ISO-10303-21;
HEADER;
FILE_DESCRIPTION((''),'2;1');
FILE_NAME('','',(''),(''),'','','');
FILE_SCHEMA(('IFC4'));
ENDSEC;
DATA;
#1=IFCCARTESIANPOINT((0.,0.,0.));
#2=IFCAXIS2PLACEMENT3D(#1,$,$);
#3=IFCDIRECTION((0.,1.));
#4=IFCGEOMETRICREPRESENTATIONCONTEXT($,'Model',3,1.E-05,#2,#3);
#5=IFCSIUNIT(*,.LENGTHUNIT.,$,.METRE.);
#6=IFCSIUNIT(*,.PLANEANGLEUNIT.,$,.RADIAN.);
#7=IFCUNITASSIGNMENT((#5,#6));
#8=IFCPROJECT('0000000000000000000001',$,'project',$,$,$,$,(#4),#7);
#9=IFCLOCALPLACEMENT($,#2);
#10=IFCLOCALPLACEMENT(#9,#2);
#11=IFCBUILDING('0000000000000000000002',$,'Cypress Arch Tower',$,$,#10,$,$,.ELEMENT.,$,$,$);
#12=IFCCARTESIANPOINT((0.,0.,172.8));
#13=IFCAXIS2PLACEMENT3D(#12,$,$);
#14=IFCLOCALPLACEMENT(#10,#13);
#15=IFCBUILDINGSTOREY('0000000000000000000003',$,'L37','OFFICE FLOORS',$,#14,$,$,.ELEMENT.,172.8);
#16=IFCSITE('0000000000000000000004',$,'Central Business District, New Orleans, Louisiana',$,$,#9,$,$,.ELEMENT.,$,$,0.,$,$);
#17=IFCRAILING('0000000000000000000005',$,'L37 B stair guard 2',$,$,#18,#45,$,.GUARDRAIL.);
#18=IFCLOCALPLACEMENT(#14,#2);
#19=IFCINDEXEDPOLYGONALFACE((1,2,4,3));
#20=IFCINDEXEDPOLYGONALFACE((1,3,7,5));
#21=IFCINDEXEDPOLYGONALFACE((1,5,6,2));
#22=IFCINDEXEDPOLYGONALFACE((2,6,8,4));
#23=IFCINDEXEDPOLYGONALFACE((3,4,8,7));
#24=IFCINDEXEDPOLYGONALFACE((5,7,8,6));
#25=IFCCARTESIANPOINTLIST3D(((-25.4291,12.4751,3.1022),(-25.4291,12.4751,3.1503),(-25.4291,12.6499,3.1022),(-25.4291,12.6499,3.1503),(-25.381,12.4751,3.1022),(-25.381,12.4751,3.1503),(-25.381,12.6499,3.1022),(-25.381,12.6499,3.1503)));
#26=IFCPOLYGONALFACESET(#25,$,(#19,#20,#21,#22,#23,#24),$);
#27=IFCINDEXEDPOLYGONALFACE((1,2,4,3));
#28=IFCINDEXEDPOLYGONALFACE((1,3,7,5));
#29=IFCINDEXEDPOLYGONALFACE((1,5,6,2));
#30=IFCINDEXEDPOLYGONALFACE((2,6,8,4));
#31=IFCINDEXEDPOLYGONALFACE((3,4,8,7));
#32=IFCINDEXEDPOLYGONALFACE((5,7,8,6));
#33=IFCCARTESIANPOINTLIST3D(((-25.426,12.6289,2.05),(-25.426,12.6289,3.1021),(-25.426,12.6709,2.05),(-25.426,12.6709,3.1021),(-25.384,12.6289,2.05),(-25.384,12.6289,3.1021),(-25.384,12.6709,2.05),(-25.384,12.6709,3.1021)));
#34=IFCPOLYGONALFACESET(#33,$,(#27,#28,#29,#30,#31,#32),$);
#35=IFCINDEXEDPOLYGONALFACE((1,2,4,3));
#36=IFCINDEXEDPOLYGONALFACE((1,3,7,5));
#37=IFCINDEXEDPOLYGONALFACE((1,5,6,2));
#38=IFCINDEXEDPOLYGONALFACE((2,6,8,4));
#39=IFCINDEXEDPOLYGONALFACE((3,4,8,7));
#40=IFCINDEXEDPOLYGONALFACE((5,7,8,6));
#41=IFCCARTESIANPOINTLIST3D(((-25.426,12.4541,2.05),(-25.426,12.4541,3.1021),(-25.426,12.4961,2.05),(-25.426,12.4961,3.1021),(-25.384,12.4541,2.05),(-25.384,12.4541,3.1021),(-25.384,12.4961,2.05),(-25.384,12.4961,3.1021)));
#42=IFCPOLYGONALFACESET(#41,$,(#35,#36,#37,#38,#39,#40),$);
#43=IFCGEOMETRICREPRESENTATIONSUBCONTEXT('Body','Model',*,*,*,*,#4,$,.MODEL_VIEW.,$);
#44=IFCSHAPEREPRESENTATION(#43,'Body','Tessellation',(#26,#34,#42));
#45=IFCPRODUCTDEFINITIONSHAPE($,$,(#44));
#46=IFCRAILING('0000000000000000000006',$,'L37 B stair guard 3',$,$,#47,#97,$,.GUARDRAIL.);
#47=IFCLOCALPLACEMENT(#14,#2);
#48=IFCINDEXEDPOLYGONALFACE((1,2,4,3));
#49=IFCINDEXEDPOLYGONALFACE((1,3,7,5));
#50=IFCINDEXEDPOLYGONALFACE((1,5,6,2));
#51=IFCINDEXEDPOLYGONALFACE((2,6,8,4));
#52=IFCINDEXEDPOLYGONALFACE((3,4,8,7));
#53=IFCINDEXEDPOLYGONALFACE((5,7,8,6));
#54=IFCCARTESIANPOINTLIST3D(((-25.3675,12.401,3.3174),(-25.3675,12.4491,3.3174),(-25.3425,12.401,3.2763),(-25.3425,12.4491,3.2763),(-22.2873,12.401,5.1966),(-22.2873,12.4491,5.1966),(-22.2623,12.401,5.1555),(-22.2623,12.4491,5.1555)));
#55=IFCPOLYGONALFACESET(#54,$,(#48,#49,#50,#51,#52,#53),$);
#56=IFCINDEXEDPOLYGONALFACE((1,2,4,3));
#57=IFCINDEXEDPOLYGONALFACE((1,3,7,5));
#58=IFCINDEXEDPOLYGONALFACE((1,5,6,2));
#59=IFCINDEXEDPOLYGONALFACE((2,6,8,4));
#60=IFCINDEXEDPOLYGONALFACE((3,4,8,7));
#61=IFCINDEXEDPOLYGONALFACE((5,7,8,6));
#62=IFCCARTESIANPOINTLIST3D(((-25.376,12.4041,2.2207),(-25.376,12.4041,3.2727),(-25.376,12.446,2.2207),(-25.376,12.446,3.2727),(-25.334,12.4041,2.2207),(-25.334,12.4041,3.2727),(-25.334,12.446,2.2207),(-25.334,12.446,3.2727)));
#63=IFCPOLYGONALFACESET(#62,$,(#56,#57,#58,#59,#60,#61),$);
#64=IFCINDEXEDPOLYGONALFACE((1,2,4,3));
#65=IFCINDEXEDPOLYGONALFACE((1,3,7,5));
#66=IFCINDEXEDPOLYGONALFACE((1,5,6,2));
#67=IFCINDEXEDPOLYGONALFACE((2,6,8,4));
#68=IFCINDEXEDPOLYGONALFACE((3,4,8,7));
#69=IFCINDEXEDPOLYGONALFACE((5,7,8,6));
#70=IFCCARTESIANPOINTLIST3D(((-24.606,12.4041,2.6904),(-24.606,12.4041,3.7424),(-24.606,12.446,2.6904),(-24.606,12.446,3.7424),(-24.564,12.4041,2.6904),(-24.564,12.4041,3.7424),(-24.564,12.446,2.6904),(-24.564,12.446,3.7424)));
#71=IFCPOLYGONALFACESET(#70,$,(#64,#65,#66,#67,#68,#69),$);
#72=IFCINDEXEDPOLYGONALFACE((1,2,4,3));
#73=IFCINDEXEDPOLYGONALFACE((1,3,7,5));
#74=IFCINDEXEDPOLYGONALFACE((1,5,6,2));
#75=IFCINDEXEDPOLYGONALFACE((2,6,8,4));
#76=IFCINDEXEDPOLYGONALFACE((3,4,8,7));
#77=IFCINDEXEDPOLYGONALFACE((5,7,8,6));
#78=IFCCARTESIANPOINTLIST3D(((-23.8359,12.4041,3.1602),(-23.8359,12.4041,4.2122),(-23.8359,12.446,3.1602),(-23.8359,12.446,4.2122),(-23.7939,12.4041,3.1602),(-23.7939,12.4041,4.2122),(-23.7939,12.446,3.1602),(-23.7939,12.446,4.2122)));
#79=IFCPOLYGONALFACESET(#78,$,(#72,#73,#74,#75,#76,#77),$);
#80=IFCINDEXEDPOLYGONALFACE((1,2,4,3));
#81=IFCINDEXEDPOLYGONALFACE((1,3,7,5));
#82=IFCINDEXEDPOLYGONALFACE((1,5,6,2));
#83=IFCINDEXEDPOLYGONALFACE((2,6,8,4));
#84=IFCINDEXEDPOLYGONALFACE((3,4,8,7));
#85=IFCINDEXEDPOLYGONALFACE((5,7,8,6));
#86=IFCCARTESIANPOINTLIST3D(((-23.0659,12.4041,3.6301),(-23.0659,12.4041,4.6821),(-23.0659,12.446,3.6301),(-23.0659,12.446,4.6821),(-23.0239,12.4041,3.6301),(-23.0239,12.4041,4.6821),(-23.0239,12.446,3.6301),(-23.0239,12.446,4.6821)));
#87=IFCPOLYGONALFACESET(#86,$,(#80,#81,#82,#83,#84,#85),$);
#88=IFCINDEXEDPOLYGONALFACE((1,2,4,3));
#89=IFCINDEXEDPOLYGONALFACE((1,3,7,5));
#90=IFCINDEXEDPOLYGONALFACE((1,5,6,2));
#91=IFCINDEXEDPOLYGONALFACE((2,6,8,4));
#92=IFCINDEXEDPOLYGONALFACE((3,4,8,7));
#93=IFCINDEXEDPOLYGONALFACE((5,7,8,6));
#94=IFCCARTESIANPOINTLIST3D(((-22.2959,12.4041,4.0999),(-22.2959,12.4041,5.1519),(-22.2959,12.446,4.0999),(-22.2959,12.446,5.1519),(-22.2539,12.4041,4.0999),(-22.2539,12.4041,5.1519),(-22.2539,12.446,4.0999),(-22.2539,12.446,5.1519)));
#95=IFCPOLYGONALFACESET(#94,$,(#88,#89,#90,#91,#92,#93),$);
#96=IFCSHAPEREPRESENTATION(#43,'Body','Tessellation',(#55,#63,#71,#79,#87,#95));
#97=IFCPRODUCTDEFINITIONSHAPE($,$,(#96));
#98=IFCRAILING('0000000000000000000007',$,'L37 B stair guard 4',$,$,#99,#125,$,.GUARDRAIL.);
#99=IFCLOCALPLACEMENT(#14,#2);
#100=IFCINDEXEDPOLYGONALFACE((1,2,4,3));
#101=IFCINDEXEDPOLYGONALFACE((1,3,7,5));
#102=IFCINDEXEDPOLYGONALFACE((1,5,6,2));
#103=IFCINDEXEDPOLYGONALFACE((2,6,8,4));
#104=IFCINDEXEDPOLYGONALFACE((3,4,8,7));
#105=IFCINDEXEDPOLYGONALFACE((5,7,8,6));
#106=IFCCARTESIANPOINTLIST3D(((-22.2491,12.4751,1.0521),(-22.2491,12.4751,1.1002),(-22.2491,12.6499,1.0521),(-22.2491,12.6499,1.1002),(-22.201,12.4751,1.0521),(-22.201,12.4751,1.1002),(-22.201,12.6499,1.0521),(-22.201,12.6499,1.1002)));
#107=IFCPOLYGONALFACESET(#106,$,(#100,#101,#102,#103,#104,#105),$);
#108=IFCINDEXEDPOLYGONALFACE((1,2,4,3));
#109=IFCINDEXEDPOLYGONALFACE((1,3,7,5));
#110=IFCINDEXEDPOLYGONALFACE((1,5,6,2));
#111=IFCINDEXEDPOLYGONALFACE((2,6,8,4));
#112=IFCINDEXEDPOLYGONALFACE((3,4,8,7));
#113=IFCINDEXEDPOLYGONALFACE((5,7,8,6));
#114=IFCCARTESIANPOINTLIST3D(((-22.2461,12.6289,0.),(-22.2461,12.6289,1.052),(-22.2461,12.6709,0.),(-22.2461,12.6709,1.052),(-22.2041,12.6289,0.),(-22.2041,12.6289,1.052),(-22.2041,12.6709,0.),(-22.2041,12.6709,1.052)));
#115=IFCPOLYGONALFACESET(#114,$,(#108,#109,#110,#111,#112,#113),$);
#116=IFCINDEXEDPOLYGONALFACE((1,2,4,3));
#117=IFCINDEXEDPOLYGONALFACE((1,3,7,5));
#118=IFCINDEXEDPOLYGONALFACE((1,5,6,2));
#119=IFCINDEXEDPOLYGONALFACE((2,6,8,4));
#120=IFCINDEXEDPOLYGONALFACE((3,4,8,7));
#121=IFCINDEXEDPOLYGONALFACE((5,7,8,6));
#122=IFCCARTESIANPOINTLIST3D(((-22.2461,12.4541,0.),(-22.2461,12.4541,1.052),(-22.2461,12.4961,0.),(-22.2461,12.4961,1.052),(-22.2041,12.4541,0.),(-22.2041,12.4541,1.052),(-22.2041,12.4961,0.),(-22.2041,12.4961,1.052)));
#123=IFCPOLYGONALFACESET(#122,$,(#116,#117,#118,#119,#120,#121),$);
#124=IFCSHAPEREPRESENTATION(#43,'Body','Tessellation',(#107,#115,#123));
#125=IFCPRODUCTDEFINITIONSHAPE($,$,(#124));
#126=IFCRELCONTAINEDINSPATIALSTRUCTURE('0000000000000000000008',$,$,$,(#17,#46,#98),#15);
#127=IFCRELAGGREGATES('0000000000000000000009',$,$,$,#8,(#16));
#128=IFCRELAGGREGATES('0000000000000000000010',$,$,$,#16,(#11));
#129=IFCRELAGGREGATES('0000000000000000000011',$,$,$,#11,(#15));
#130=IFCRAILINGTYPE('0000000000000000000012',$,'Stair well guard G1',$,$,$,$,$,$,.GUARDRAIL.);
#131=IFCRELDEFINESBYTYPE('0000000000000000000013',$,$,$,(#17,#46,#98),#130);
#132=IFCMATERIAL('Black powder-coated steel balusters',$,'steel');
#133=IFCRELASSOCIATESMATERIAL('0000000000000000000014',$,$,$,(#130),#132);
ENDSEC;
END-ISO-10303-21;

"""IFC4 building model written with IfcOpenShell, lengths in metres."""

from ifc_helpers import new_model, si_unit, direction, frame, origin, origin_2d, place, context, subcontext, project, spatial, rectangle, extrude, material, type_object, element, save


model = new_model("IFC4")

# Units and contexts
model_context = context("Model", 3, precision=1e-05, world=origin(), true_north=direction((0.0, 1.0)))
body_context = subcontext(model_context, "Body", "Model", "MODEL_VIEW")
ifc_project = project(units=[si_unit("LENGTHUNIT", "METRE"), si_unit("PLANEANGLEUNIT", "RADIAN")], contexts=[model_context])

# Site, building, storey
site_placement = place(None, origin())
site = spatial("IfcSite", under=ifc_project, at=site_placement, Name="Central Business District, New Orleans, Louisiana", CompositionType="ELEMENT", RefElevation=0.0)
building_placement = place(site_placement, origin())
building = spatial("IfcBuilding", under=site, at=building_placement, Name="Cypress Arch Tower", CompositionType="ELEMENT")
storey_placement = place(building_placement, frame((0.0, 0.0, 172.8)))
storey = spatial("IfcBuildingStorey", under=building, at=storey_placement, Name="L37", Description="OFFICE FLOORS", CompositionType="ELEMENT", Elevation=172.8)

# Railings
ifc_material_1 = material(Name="Black powder-coated steel balusters", Category="steel")
railing_type_1 = type_object("IfcRailingType", Name="Stair well guard G1", PredefinedType="GUARDRAIL", material=ifc_material_1)
railing_1_placement = place(storey_placement, frame((-25.405, 12.6499, 2.05)))
element("IfcRailing", 1, at=railing_1_placement, inside=storey, type_object=railing_type_1, Name="L37 B stair guard 2", PredefinedType="GUARDRAIL", context=body_context, shape_type="SweptSolid", body=[
    extrude(rectangle(XDim=0.0481, YDim=0.0481, at=origin_2d()), frame((0.0, 0.0, 1.0762), z_axis=(0.0, -1.0, 0.0), x_axis=(1.0, 0.0, 0.0)), (0.0, 0.0, 1.0), 0.1748),
    extrude(rectangle(XDim=0.042, YDim=0.042, at=origin_2d()), origin(), (0.0, 0.0, 1.0), 1.052),
    extrude(rectangle(XDim=0.042, YDim=0.042, at=origin_2d()), frame((0.0, -0.1748, 0.0)), (0.0, 0.0, 1.0), 1.052),
])
railing_2_placement = place(storey_placement, frame((-25.355, 12.425, 2.2207)))
element("IfcRailing", 2, at=railing_2_placement, inside=storey, type_object=railing_type_1, Name="L37 B stair guard 3", PredefinedType="GUARDRAIL", context=body_context, shape_type="SweptSolid", body=[
    extrude(rectangle(XDim=0.0481, YDim=0.0481, at=origin_2d()), frame((0.0, 0.0, 1.0762), z_axis=(0.853666, 0.0, 0.52082), x_axis=(0.0, 1.0, 0.0)), (0.0, 0.0, 1.0), 3.6082),
    extrude(rectangle(XDim=0.042, YDim=0.042, at=origin_2d()), origin(), (0.0, 0.0, 1.0), 1.052),
    extrude(rectangle(XDim=0.042, YDim=0.042, at=origin_2d()), frame((0.77, 0.0, 0.4697)), (0.0, 0.0, 1.0), 1.052),
    extrude(rectangle(XDim=0.042, YDim=0.042, at=origin_2d()), frame((1.54, 0.0, 0.9395)), (0.0, 0.0, 1.0), 1.052),
    extrude(rectangle(XDim=0.042, YDim=0.042, at=origin_2d()), frame((2.3101, 0.0, 1.4094)), (0.0, 0.0, 1.0), 1.052),
    extrude(rectangle(XDim=0.042, YDim=0.042, at=origin_2d()), frame((3.0801, 0.0, 1.8792)), (0.0, 0.0, 1.0), 1.052),
])
railing_3_placement = place(storey_placement, frame((-22.2251, 12.6499, 0.0)))
element("IfcRailing", 3, at=railing_3_placement, inside=storey, type_object=railing_type_1, Name="L37 B stair guard 4", PredefinedType="GUARDRAIL", context=body_context, shape_type="SweptSolid", body=[
    extrude(rectangle(XDim=0.0481, YDim=0.0481, at=origin_2d()), frame((0.0, 0.0, 1.0762), z_axis=(0.0, -1.0, 0.0), x_axis=(1.0, 0.0, 0.0)), (0.0, 0.0, 1.0), 0.1748),
    extrude(rectangle(XDim=0.042, YDim=0.042, at=origin_2d()), origin(), (0.0, 0.0, 1.0), 1.052),
    extrude(rectangle(XDim=0.042, YDim=0.042, at=origin_2d()), frame((0.0, -0.1748, 0.0)), (0.0, 0.0, 1.0), 1.052),
])

save(model, "model.ifc")
